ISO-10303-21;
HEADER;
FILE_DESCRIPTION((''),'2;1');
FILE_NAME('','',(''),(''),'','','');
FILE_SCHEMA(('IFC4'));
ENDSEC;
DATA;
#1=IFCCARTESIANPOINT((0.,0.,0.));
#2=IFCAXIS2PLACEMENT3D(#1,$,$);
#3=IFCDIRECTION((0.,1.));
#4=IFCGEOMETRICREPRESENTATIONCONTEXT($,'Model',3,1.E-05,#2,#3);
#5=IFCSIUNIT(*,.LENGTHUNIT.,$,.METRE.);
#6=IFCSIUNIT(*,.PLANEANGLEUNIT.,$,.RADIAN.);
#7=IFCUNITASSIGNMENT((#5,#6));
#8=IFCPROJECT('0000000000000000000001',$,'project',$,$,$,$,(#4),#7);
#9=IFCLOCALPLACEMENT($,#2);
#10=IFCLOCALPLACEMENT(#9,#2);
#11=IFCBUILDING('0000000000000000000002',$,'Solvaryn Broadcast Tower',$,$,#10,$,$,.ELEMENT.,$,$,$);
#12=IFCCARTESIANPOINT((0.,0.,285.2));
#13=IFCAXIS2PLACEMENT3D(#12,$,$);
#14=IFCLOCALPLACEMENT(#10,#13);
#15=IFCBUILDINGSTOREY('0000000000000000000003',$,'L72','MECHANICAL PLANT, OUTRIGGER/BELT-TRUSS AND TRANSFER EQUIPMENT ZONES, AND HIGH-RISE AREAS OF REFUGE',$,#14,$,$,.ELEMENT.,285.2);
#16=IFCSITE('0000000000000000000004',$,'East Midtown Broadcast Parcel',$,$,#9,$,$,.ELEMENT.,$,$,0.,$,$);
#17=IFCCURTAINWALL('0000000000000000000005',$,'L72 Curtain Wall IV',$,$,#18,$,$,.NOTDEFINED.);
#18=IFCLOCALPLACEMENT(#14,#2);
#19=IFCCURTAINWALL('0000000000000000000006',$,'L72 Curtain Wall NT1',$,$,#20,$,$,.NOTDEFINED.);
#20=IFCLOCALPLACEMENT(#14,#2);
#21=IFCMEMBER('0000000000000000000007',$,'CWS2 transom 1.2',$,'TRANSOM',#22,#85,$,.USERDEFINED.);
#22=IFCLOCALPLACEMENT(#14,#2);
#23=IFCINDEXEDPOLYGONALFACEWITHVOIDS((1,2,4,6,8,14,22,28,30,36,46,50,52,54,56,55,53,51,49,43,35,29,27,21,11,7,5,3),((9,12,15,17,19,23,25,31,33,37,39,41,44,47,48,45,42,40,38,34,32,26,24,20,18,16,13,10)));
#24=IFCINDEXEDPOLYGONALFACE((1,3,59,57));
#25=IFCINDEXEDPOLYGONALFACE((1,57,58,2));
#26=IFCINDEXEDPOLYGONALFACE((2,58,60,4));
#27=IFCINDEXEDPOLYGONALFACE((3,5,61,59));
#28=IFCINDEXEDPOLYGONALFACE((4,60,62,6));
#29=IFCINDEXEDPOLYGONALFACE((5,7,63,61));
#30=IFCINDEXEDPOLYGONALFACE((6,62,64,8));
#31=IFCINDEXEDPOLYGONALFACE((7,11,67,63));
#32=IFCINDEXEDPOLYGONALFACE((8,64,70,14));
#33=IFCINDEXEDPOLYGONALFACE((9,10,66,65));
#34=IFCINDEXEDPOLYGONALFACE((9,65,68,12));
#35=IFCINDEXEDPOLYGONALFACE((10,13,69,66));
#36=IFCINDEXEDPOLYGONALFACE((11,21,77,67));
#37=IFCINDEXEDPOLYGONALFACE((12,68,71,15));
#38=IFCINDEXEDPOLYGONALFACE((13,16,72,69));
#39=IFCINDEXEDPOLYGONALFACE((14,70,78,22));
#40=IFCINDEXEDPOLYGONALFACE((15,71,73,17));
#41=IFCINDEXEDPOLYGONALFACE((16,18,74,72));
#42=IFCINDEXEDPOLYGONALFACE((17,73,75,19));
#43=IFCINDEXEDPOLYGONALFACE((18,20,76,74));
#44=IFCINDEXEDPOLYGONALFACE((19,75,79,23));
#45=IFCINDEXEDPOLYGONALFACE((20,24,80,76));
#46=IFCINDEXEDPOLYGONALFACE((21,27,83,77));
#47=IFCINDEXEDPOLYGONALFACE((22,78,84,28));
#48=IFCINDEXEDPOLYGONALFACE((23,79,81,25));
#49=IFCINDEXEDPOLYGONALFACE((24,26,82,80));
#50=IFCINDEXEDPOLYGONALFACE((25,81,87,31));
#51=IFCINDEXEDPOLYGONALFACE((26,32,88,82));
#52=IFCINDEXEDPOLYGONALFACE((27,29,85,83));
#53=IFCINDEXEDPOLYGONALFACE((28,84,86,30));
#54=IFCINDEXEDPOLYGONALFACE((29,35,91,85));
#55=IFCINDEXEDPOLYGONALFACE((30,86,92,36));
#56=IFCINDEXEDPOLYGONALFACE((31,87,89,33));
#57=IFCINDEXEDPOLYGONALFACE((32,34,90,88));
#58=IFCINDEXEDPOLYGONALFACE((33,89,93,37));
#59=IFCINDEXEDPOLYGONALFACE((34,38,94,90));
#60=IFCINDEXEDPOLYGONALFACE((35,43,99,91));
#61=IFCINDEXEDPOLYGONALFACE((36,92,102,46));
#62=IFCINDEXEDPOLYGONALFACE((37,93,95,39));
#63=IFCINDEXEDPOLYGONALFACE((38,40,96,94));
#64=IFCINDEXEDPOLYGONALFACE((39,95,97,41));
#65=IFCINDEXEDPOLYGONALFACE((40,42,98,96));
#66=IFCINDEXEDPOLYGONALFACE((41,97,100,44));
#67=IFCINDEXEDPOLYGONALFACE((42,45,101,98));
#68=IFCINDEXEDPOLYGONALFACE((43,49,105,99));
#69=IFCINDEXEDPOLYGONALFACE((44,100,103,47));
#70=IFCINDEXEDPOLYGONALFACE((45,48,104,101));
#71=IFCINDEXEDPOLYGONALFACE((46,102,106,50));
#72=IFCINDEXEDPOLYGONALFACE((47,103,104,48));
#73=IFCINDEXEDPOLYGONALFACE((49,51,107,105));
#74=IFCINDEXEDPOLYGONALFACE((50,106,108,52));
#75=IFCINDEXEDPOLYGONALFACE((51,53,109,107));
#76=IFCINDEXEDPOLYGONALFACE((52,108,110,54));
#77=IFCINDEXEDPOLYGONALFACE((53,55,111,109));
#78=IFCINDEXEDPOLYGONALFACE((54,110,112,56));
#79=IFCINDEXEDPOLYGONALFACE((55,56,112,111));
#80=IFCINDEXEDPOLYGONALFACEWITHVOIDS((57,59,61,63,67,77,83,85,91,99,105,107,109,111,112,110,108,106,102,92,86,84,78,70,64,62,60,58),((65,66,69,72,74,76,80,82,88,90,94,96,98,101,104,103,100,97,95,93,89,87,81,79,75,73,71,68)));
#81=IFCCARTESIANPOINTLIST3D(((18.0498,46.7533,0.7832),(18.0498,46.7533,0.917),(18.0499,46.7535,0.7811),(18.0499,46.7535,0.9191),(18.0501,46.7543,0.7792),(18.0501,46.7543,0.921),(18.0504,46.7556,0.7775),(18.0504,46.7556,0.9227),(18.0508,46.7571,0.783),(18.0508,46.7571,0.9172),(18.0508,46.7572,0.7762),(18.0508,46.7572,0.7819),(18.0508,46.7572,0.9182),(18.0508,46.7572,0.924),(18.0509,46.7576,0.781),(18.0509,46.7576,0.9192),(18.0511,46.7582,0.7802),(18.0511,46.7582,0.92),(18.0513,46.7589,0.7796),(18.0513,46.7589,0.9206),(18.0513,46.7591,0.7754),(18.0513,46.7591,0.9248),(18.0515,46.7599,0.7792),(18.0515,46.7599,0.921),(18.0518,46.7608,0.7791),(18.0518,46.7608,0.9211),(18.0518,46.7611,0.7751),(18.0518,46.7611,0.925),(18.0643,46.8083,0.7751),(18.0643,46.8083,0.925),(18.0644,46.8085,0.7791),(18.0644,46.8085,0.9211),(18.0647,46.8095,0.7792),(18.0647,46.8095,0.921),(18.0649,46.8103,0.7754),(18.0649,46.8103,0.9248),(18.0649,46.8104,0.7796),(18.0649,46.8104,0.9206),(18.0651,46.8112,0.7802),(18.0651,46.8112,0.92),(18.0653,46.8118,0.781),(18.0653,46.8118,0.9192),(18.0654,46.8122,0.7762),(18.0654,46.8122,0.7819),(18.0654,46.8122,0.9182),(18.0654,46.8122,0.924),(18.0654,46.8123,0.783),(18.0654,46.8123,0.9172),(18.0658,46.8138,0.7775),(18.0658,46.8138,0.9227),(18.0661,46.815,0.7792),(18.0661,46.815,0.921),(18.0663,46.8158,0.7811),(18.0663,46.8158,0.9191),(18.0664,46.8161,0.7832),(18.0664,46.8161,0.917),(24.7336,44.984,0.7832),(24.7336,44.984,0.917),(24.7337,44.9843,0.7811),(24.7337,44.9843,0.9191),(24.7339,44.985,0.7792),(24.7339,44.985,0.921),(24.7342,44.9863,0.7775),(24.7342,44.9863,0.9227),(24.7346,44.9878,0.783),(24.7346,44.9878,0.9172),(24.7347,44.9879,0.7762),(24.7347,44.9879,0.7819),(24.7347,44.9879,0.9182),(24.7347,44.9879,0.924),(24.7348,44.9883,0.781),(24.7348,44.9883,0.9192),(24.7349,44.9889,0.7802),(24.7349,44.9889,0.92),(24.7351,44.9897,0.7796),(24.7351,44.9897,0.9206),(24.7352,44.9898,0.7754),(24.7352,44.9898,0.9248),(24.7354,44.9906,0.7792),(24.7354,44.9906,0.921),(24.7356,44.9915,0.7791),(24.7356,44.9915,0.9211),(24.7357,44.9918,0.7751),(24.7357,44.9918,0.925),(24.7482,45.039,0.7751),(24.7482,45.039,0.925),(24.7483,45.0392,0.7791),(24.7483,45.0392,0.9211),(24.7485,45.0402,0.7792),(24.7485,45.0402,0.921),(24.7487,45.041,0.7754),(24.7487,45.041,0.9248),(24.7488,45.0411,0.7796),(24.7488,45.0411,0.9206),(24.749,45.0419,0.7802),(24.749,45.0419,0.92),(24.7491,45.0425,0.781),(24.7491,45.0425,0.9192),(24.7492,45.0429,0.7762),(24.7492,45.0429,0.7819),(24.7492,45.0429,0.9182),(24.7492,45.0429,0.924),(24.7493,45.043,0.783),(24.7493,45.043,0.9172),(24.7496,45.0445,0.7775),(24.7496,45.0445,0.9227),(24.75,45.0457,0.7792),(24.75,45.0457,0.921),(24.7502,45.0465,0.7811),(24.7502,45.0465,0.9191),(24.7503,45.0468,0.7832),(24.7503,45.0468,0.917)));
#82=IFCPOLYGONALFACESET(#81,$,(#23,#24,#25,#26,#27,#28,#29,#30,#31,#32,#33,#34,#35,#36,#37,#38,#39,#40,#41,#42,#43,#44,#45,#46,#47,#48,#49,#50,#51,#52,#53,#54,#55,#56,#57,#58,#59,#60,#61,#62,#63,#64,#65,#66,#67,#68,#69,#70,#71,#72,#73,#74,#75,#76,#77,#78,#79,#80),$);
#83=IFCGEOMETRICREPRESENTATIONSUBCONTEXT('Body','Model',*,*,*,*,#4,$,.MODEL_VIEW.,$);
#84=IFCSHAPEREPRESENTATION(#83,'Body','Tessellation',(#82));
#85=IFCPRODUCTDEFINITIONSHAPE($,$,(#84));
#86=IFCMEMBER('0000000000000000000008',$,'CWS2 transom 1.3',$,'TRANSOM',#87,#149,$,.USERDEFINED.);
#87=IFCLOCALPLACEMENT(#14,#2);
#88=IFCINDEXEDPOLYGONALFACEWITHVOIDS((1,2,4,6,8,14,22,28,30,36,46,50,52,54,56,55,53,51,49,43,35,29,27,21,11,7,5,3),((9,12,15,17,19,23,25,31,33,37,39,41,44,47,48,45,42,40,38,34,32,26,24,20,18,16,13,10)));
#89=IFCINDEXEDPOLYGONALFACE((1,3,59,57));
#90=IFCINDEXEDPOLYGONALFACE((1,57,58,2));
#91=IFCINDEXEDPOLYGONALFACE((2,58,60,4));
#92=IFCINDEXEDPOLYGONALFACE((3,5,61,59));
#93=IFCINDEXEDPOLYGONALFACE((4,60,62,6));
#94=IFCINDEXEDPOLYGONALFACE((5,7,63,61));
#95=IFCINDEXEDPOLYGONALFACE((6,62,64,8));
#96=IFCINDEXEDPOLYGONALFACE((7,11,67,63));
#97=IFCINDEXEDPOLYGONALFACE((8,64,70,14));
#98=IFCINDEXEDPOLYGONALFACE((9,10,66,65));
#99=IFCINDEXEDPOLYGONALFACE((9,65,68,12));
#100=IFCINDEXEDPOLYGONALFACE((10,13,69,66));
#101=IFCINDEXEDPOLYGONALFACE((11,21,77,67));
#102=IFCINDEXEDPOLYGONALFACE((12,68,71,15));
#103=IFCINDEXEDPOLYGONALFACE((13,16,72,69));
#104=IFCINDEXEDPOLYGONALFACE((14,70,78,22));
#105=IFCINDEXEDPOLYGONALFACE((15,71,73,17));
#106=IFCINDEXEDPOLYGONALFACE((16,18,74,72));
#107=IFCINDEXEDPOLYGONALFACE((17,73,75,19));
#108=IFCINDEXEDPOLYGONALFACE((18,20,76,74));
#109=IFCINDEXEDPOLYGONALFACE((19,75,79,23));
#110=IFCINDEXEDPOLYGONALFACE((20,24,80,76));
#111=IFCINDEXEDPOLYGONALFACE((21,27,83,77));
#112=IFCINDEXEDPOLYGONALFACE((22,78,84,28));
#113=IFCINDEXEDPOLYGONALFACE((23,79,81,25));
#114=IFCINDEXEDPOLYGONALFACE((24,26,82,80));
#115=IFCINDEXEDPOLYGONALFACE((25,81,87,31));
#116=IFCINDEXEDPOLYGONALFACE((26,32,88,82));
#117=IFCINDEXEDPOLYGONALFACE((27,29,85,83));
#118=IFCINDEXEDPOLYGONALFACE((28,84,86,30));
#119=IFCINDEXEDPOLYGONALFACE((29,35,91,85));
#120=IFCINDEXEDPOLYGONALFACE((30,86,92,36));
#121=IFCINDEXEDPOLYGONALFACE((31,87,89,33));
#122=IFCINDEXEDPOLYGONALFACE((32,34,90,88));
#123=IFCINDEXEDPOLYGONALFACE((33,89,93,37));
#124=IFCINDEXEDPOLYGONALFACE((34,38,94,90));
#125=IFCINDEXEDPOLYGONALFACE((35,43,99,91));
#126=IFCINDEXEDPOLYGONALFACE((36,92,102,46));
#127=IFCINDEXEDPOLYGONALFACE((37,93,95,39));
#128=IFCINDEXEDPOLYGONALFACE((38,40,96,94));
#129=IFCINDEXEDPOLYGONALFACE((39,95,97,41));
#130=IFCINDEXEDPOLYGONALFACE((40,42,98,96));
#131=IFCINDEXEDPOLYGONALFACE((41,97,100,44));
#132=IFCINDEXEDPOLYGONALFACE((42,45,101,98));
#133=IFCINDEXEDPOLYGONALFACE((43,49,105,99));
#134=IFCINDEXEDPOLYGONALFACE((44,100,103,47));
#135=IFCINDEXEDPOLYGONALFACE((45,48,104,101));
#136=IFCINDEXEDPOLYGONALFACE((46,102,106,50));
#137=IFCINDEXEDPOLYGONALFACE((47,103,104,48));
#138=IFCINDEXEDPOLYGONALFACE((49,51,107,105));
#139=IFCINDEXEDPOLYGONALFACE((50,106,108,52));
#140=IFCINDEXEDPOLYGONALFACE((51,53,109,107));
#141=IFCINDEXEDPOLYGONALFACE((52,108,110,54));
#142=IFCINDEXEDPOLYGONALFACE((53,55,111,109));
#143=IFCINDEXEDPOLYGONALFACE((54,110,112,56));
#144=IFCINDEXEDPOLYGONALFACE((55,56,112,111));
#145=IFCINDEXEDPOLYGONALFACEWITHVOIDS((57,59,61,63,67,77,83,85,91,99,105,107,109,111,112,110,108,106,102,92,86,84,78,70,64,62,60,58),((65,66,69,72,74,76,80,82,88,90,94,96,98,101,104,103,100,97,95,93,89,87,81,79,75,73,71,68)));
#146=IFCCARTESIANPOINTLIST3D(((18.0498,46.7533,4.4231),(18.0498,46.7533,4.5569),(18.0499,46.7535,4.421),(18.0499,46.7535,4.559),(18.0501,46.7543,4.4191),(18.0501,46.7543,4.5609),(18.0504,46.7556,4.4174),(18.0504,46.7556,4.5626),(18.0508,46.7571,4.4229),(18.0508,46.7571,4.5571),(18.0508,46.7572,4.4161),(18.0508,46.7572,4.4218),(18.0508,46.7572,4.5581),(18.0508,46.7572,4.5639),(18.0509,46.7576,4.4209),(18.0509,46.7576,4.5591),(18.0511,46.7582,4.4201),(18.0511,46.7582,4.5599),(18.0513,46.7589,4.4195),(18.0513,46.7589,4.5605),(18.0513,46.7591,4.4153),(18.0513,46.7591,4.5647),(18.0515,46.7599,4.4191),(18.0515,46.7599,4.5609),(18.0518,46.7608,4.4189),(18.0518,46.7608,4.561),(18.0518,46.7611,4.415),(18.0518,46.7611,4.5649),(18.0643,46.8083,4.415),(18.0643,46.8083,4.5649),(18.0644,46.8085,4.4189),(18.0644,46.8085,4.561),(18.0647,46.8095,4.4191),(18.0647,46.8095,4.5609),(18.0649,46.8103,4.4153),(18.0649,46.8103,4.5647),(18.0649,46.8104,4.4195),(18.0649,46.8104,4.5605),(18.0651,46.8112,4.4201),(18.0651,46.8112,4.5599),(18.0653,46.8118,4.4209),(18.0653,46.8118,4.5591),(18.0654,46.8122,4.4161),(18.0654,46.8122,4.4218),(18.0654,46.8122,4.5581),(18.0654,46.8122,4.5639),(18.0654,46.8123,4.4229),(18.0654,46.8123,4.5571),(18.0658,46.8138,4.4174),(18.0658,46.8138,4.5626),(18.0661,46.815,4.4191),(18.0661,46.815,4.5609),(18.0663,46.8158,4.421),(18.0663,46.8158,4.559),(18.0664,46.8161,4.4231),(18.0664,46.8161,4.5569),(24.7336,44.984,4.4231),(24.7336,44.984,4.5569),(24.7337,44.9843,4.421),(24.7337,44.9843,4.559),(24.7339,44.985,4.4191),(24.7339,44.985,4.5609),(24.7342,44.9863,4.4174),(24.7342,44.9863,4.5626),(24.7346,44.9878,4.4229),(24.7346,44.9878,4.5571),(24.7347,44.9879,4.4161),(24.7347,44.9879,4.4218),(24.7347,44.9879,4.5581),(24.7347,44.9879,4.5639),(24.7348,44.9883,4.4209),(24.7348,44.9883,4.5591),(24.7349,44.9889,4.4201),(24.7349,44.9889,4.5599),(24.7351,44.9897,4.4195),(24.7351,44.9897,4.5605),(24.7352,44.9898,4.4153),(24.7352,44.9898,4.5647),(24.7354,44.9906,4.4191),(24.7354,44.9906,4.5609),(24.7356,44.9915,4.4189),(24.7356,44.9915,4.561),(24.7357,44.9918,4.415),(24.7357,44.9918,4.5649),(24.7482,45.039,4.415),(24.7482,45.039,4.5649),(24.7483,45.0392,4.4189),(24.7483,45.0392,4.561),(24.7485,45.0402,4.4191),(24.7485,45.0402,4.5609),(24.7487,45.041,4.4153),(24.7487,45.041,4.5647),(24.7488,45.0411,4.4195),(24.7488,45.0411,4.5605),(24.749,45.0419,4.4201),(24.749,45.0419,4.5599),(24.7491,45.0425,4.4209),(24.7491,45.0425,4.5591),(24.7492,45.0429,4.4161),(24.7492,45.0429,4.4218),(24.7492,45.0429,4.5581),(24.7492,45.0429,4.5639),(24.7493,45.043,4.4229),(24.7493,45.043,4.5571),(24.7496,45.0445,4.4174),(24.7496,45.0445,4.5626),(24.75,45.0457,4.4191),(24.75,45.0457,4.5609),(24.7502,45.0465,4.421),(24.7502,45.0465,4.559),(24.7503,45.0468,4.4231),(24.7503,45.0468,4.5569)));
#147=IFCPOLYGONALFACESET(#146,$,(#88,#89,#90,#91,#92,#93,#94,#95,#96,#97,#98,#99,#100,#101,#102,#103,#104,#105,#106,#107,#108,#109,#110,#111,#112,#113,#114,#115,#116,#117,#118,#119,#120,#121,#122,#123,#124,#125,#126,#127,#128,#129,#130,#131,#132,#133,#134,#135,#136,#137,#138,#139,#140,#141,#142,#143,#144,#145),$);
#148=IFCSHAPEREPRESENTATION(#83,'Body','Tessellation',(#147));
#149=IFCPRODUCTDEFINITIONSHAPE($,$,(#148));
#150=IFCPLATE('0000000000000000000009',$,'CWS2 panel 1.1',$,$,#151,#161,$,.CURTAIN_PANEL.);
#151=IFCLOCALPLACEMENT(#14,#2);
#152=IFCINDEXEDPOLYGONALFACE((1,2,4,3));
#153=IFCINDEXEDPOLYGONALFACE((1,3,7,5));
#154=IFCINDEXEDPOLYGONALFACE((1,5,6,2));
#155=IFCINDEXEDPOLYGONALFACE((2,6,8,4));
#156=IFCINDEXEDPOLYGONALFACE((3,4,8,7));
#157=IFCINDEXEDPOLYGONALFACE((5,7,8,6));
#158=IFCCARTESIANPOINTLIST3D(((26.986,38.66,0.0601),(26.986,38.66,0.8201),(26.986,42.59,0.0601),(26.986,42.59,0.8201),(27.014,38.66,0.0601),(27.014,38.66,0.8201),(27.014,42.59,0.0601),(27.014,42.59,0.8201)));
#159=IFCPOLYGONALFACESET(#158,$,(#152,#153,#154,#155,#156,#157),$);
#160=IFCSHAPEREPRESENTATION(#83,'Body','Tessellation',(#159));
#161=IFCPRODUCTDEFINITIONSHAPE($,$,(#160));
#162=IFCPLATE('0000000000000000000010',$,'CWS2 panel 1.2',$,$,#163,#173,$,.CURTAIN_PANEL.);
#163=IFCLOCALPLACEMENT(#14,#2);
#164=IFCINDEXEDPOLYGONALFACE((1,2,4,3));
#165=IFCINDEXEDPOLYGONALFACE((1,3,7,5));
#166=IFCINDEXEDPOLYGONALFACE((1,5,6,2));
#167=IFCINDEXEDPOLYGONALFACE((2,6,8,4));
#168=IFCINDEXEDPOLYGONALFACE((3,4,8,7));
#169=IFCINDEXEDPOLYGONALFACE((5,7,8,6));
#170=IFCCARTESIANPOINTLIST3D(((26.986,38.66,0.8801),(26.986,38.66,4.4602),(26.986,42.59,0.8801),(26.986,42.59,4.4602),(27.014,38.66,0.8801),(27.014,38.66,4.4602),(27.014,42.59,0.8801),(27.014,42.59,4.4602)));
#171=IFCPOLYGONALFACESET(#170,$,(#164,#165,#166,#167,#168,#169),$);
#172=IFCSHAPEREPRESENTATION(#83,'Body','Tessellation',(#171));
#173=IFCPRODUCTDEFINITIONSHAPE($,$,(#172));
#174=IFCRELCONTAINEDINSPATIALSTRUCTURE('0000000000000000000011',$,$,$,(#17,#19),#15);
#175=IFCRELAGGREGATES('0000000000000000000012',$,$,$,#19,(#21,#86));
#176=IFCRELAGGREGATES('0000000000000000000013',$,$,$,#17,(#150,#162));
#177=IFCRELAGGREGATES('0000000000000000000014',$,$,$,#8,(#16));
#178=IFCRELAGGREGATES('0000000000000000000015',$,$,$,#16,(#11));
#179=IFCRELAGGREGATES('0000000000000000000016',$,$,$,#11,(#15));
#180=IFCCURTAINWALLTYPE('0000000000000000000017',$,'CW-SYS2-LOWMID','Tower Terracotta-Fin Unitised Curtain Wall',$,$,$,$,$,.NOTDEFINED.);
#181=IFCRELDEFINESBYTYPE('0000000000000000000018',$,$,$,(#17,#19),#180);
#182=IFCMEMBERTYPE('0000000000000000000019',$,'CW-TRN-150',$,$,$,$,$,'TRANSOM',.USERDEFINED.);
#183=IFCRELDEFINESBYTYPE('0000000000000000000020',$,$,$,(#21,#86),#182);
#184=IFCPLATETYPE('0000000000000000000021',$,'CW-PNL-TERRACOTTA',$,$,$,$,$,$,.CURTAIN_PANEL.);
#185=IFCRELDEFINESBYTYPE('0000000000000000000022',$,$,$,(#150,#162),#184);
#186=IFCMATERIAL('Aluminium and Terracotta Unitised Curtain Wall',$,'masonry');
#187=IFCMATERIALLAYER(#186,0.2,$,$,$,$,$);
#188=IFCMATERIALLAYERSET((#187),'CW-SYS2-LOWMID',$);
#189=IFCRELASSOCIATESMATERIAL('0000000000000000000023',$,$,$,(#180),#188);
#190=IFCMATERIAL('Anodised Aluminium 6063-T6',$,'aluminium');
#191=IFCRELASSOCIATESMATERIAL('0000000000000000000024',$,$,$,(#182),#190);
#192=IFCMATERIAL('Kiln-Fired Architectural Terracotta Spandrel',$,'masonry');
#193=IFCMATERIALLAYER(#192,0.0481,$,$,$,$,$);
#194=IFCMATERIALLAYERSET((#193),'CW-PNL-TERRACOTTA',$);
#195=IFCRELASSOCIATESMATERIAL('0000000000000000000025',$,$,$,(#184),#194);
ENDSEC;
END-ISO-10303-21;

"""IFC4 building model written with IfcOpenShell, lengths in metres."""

from ifc_helpers import new_model, si_unit, direction, frame, origin, origin_2d, place, context, subcontext, project, spatial, rectangle, hollow_rectangle, extrude, material, layer, layer_set, material_profile, profile_set, type_object, element, aggregate, save


model = new_model("IFC4")

# Units and contexts
model_context = context("Model", 3, precision=1e-05, world=origin(), true_north=direction((0.0, 1.0)))
body_context = subcontext(model_context, "Body", "Model", "MODEL_VIEW")
ifc_project = project(units=[si_unit("LENGTHUNIT", "METRE"), si_unit("PLANEANGLEUNIT", "RADIAN")], contexts=[model_context])

# Site, building, storey
site_placement = place(None, origin())
site = spatial("IfcSite", under=ifc_project, at=site_placement, Name="East Midtown Broadcast Parcel", CompositionType="ELEMENT", RefElevation=0.0)
building_placement = place(site_placement, origin())
building = spatial("IfcBuilding", under=site, at=building_placement, Name="Solvaryn Broadcast Tower", CompositionType="ELEMENT")
storey_placement = place(building_placement, frame((0.0, 0.0, 285.2)))
storey = spatial("IfcBuildingStorey", under=building, at=storey_placement, Name="L72", Description="MECHANICAL PLANT, OUTRIGGER/BELT-TRUSS AND TRANSFER EQUIPMENT ZONES, AND HIGH-RISE AREAS OF REFUGE", CompositionType="ELEMENT", Elevation=285.2)

# Curtain walls
ifc_material_1 = material(Name="Aluminium and Terracotta Unitised Curtain Wall", Category="masonry")
ifc_layer_1 = layer(ifc_material_1, 0.2)
ifc_layer_set_1 = layer_set([ifc_layer_1], Name="CW-SYS2-LOWMID")
curtain_wall_type = type_object("IfcCurtainWallType", Name="CW-SYS2-LOWMID", Description="Tower Terracotta-Fin Unitised Curtain Wall", PredefinedType="NOTDEFINED", material=ifc_layer_set_1)
curtain_wall_1_placement = place(storey_placement, origin())
curtain_wall_1 = element("IfcCurtainWall", 1, at=curtain_wall_1_placement, inside=storey, type_object=curtain_wall_type, Name="L72 Curtain Wall IV", PredefinedType="NOTDEFINED")
curtain_wall_2_placement = place(storey_placement, origin())
curtain_wall_2 = element("IfcCurtainWall", 2, at=curtain_wall_2_placement, inside=storey, type_object=curtain_wall_type, Name="L72 Curtain Wall NT1", PredefinedType="NOTDEFINED")

# Members
ifc_material_2 = material(Name="Anodised Aluminium 6063-T6", Category="aluminium")
ifc_material_profile_1 = material_profile(ifc_material_2, hollow_rectangle(XDim=0.0649, YDim=0.1499, WallThickness=0.0039, InnerFilletRadius=0.0039, OuterFilletRadius=0.0081, at=origin_2d()))
ifc_profile_set_1 = profile_set([ifc_material_profile_1], Name="Anodised Aluminium 6063-T6")
member_type_1 = type_object("IfcMemberType", Name="CW-TRN-150", ElementType="TRANSOM", PredefinedType="USERDEFINED", material=ifc_profile_set_1)
member_1_placement = place(storey_placement, frame((24.7419, 45.0154, 0.8501), z_axis=(-0.966704, 0.255897, 0.0), x_axis=(-0.255897, -0.966704, 0.0)))
member_1 = element("IfcMember", 3, at=member_1_placement, type_object=member_type_1, Name="CWS2 transom 1.2", ObjectType="TRANSOM", PredefinedType="USERDEFINED", context=body_context, shape_type="SweptSolid", body=[
    extrude(hollow_rectangle(XDim=0.0649, YDim=0.1499, WallThickness=0.0039, InnerFilletRadius=0.0039, OuterFilletRadius=0.0081, at=origin_2d()), origin(), (0.0, 0.0, 1.0), 6.9141),
])
member_2_placement = place(storey_placement, frame((24.7419, 45.0154, 4.49), z_axis=(-0.966704, 0.255897, 0.0), x_axis=(-0.255897, -0.966704, 0.0)))
member_2 = element("IfcMember", 4, at=member_2_placement, type_object=member_type_1, Name="CWS2 transom 1.3", ObjectType="TRANSOM", PredefinedType="USERDEFINED", context=body_context, shape_type="SweptSolid", body=[
    extrude(hollow_rectangle(XDim=0.0649, YDim=0.1499, WallThickness=0.0039, InnerFilletRadius=0.0039, OuterFilletRadius=0.0081, at=origin_2d()), origin(), (0.0, 0.0, 1.0), 6.9141),
])
aggregate(curtain_wall_2, [member_1, member_2])

# Plates
ifc_material_3 = material(Name="Kiln-Fired Architectural Terracotta Spandrel", Category="masonry")
ifc_layer_2 = layer(ifc_material_3, 0.0481)
ifc_layer_set_2 = layer_set([ifc_layer_2], Name="CW-PNL-TERRACOTTA")
plate_type = type_object("IfcPlateType", Name="CW-PNL-TERRACOTTA", PredefinedType="CURTAIN_PANEL", material=ifc_layer_set_2)
plate_1_placement = place(storey_placement, frame((27.0, 40.625, 0.0601), z_axis=(0.0, 0.0, 1.0), x_axis=(0.0, -1.0, 0.0)))
plate_1 = element("IfcPlate", 5, at=plate_1_placement, type_object=plate_type, Name="CWS2 panel 1.1", PredefinedType="CURTAIN_PANEL", context=body_context, shape_type="SweptSolid", body=[
    extrude(rectangle(XDim=3.9299, YDim=0.0281, at=origin_2d()), origin(), (0.0, 0.0, 1.0), 0.76),
])
plate_2_placement = place(storey_placement, frame((27.0, 40.625, 0.8801), z_axis=(0.0, 0.0, 1.0), x_axis=(0.0, -1.0, 0.0)))
plate_2 = element("IfcPlate", 6, at=plate_2_placement, type_object=plate_type, Name="CWS2 panel 1.2", PredefinedType="CURTAIN_PANEL", context=body_context, shape_type="SweptSolid", body=[
    extrude(rectangle(XDim=3.9299, YDim=0.0281, at=origin_2d()), origin(), (0.0, 0.0, 1.0), 3.5801),
])
aggregate(curtain_wall_1, [plate_1, plate_2])

save(model, "model.ifc")
